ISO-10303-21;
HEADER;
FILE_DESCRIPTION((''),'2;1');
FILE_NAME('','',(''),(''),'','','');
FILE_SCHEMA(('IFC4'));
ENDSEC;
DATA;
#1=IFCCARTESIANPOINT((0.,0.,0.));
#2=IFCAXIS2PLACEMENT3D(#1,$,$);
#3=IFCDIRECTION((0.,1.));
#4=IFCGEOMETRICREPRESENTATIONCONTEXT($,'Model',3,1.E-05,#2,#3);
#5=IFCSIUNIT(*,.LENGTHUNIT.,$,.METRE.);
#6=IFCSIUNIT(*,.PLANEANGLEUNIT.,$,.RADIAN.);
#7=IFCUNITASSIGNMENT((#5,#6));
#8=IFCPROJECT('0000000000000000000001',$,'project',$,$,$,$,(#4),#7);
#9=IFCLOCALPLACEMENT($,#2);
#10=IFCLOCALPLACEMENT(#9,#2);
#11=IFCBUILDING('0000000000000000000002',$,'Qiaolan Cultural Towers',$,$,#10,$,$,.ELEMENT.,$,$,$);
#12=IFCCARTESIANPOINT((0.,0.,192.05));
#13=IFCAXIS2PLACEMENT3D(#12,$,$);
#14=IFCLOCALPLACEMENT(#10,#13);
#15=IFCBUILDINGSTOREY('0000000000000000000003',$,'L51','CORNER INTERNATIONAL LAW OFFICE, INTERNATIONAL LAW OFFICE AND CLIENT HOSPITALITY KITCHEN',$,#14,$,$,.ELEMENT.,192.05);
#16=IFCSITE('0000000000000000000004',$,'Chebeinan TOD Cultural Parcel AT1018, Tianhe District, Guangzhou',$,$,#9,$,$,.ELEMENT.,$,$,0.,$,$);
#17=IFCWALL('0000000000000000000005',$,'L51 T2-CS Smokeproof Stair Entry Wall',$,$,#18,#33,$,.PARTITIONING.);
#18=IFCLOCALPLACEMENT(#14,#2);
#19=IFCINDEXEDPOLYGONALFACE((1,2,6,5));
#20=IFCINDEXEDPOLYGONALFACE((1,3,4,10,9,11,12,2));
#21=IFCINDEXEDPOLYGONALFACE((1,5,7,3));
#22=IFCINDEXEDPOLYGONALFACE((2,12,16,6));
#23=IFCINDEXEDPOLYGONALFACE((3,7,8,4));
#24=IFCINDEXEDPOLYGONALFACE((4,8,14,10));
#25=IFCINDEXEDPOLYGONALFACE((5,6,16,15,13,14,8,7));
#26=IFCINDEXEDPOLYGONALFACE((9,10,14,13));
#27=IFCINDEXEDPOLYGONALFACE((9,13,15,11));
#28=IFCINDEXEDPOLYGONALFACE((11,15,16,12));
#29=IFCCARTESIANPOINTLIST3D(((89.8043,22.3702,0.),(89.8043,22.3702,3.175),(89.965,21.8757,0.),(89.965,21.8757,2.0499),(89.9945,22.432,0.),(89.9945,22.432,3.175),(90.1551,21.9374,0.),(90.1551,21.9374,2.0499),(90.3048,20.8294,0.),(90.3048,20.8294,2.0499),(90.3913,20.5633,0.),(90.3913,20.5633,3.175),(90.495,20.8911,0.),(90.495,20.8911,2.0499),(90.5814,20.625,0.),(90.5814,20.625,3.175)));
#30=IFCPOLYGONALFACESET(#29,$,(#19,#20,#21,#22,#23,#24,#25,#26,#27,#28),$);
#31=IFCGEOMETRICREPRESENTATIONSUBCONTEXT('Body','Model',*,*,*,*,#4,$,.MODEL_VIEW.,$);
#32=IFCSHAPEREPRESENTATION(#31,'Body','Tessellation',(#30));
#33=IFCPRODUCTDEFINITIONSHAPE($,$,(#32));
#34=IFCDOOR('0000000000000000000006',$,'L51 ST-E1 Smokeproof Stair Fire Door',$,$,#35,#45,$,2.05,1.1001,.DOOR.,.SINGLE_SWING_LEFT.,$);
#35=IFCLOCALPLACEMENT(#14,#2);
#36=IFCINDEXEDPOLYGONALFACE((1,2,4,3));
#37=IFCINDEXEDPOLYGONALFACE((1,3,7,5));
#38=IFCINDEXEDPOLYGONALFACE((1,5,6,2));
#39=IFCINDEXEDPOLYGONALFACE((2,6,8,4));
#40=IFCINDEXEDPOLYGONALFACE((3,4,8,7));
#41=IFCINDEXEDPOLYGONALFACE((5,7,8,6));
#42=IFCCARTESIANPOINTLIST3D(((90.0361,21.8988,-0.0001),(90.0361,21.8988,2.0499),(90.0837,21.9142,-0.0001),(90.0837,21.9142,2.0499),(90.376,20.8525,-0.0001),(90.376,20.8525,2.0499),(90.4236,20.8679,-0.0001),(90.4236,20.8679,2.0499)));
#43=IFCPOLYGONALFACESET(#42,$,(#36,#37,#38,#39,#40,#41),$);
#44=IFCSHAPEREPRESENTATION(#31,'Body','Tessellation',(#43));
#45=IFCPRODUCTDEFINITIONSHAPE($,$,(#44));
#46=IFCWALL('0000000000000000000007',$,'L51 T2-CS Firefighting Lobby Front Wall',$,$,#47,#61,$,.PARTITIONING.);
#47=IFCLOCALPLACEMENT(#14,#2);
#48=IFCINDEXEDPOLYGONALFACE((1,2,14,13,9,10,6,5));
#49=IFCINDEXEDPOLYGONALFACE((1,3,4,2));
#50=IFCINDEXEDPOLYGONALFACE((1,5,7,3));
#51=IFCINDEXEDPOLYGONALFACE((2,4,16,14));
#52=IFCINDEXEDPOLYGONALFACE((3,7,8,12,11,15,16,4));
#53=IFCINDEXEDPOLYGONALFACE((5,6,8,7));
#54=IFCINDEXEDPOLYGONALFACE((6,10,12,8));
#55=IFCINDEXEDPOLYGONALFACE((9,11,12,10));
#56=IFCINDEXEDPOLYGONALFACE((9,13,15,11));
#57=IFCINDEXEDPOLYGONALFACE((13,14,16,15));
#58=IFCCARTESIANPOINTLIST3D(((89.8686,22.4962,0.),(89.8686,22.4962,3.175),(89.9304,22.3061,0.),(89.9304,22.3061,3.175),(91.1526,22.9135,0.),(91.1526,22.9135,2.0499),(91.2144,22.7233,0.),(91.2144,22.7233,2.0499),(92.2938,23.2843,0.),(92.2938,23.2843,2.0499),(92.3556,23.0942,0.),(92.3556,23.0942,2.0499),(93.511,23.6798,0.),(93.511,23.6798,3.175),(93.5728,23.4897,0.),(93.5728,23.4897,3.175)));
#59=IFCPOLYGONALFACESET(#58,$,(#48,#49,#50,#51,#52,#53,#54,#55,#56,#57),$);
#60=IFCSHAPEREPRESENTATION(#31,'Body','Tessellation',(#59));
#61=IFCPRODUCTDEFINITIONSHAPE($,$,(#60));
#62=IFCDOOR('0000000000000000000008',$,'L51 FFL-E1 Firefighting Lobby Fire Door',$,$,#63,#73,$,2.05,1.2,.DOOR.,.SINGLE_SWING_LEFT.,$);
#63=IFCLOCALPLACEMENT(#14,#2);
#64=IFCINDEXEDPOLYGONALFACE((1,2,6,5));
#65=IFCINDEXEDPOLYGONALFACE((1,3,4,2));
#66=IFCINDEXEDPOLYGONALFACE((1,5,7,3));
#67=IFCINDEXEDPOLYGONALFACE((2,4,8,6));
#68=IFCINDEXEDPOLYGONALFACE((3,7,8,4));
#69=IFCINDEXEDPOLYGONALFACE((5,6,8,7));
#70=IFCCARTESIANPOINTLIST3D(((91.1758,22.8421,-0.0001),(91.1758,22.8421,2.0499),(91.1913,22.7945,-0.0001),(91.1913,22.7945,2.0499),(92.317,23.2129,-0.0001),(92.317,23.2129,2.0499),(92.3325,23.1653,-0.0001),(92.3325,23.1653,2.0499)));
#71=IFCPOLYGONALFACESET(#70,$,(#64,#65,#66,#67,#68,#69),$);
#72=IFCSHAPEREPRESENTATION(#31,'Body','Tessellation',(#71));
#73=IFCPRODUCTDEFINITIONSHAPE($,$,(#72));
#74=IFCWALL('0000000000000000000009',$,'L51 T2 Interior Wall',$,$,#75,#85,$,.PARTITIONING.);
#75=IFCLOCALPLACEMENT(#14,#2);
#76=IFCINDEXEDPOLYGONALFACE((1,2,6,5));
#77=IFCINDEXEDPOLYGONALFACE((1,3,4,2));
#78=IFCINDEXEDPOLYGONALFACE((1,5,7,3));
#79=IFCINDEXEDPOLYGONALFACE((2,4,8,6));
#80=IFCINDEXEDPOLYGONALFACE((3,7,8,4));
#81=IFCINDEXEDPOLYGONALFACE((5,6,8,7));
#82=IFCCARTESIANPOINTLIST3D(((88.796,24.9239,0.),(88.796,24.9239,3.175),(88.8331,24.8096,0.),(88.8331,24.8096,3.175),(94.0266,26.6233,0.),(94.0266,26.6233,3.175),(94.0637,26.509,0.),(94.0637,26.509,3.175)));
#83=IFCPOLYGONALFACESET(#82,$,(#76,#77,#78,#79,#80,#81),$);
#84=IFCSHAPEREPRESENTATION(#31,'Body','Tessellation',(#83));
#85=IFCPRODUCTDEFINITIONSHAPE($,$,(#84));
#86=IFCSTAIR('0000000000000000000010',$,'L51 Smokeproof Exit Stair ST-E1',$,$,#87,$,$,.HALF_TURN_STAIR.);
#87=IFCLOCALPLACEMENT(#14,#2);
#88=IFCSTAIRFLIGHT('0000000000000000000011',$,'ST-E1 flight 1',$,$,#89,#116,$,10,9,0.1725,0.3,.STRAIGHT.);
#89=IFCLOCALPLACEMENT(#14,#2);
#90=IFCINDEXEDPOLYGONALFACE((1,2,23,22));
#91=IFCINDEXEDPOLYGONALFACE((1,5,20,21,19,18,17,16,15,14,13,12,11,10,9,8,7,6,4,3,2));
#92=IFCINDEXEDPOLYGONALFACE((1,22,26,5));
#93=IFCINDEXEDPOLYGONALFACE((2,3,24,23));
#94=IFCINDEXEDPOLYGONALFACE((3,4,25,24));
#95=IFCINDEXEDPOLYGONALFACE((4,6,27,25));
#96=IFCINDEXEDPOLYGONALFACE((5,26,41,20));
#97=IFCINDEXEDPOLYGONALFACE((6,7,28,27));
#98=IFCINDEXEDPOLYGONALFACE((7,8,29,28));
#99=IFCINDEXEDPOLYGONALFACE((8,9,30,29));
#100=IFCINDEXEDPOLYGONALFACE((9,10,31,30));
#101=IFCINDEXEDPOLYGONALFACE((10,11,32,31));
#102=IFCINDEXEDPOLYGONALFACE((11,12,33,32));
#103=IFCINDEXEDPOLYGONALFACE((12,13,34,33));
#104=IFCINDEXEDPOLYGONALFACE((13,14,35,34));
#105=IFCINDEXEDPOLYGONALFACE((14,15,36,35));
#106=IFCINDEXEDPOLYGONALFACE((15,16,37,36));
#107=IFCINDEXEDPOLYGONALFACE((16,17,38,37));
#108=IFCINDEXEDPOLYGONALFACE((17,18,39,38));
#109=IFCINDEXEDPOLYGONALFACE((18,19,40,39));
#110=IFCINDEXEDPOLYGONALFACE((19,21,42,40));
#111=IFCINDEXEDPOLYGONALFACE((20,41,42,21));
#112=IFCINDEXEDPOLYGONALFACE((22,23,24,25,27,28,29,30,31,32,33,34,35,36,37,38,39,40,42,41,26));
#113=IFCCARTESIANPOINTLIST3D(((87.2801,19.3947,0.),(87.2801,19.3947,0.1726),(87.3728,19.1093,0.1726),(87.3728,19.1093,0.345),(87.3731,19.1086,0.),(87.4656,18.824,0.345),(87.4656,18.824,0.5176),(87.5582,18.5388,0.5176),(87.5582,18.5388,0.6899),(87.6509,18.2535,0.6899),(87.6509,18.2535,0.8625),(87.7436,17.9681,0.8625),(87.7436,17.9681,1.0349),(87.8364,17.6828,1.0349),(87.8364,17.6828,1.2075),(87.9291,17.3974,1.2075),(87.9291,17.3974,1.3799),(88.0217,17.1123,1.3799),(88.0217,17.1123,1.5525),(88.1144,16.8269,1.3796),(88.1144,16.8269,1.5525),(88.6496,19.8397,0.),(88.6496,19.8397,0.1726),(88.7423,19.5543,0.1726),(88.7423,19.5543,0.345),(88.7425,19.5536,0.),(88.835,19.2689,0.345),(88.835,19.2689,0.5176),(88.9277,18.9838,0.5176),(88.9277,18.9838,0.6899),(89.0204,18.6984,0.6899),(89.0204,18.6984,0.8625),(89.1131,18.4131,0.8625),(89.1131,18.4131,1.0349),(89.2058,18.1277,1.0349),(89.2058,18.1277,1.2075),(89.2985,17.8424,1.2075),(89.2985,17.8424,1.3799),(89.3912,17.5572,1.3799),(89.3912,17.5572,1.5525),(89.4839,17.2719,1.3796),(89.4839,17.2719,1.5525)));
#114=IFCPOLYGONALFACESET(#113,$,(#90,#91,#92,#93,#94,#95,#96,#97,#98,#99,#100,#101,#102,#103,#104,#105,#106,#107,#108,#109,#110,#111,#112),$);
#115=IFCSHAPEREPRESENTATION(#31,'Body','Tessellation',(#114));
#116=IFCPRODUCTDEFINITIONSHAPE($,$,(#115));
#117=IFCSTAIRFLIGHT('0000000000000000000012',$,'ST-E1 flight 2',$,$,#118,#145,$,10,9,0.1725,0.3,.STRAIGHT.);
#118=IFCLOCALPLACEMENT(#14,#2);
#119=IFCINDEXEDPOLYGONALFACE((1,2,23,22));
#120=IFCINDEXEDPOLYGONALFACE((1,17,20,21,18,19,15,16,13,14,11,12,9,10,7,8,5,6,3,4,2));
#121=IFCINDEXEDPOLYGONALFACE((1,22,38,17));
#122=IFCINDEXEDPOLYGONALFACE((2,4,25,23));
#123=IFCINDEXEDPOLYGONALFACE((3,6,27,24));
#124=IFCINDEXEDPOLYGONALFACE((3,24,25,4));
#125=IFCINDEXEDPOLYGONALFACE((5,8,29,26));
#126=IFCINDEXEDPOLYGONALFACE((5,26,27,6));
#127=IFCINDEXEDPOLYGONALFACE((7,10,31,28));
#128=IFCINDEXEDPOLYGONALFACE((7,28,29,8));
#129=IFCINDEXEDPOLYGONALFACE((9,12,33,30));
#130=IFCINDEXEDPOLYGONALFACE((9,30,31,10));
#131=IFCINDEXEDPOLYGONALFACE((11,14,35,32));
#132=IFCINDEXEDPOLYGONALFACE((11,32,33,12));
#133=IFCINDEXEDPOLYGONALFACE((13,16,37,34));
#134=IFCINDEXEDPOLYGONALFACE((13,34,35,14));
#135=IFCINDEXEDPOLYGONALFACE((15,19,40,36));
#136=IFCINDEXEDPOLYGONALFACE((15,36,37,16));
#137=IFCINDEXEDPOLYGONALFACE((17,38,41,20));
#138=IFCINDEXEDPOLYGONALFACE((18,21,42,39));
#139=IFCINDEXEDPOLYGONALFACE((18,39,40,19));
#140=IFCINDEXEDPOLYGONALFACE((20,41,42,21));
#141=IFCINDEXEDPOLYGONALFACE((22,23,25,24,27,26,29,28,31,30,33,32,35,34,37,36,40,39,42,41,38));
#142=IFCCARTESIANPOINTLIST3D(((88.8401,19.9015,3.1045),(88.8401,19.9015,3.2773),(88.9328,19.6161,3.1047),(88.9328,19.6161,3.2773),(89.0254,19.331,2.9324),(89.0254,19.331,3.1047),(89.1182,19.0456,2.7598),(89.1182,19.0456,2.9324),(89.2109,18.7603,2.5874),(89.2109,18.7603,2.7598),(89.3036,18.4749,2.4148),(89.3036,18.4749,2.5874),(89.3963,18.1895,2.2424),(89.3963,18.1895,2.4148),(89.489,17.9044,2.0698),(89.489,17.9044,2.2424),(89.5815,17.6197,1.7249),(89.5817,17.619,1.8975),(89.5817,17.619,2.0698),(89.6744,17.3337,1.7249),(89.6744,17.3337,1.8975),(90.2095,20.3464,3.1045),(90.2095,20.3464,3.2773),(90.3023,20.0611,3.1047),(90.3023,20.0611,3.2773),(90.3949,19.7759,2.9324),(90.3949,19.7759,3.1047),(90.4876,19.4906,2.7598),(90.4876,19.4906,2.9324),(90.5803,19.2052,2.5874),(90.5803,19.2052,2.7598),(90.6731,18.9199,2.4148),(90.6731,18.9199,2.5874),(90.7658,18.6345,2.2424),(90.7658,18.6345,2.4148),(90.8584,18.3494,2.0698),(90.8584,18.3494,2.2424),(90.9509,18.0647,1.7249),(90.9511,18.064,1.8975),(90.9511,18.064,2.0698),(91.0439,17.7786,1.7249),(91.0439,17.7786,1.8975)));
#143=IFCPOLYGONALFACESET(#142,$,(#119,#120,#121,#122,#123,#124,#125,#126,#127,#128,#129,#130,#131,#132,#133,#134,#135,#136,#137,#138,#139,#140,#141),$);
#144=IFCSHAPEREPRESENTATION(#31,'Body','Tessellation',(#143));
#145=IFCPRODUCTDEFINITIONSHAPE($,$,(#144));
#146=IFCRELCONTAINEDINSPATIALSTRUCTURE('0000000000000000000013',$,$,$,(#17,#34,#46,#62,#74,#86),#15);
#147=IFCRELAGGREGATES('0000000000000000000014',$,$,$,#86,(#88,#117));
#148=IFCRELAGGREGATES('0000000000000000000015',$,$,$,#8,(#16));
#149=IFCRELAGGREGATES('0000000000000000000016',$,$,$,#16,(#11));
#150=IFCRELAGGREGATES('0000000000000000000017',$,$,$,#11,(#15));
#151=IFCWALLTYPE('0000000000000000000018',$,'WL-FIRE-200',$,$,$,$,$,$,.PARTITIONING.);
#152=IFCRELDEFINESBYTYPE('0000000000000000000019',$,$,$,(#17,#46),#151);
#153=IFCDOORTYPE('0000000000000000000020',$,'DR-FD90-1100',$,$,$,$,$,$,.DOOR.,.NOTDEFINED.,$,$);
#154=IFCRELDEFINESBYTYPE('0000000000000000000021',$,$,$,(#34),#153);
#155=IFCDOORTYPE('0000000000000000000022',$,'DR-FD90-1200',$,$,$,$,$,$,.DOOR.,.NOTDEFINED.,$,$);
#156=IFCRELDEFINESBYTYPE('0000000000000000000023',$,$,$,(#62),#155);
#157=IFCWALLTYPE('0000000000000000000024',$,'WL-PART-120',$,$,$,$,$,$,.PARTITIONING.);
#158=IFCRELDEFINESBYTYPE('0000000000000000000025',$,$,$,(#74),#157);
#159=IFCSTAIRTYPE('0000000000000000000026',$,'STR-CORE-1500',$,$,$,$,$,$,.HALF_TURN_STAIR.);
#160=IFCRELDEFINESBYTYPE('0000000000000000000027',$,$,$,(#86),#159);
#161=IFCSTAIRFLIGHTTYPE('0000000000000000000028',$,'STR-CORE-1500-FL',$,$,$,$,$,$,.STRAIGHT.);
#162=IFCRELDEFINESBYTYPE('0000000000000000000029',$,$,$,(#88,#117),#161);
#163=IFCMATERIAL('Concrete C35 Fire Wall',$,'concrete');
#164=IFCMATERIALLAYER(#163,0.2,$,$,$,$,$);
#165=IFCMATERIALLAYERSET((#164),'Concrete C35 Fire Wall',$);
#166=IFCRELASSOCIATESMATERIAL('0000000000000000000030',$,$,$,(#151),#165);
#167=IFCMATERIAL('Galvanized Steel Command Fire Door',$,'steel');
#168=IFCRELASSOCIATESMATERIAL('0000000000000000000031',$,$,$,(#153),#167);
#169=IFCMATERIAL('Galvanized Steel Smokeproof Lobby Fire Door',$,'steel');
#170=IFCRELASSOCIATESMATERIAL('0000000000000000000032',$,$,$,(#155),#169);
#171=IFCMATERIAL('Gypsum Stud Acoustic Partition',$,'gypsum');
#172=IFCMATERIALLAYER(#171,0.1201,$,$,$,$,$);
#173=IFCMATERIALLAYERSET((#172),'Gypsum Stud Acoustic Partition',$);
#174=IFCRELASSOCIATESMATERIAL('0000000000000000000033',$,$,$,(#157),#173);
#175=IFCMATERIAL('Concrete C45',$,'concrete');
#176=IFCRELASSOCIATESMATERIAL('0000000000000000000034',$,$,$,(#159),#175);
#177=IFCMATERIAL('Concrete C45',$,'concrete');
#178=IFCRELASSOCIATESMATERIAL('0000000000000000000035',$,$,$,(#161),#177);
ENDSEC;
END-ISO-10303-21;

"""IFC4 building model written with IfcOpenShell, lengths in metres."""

from ifc_helpers import new_model, si_unit, direction, frame, frame_2d, origin, place, context, subcontext, project, spatial, polyline, rectangle, outline, extrude, material, layer, layer_set, type_object, element, fill, aggregate, save


model = new_model("IFC4")

# Units and contexts
model_context = context("Model", 3, precision=1e-05, world=origin(), true_north=direction((0.0, 1.0)))
body_context = subcontext(model_context, "Body", "Model", "MODEL_VIEW")
ifc_project = project(units=[si_unit("LENGTHUNIT", "METRE"), si_unit("PLANEANGLEUNIT", "RADIAN")], contexts=[model_context])

# Site, building, storey
site_placement = place(None, origin())
site = spatial("IfcSite", under=ifc_project, at=site_placement, Name="Chebeinan TOD Cultural Parcel AT1018, Tianhe District, Guangzhou", CompositionType="ELEMENT", RefElevation=0.0)
building_placement = place(site_placement, origin())
building = spatial("IfcBuilding", under=site, at=building_placement, Name="Qiaolan Cultural Towers", CompositionType="ELEMENT")
storey_placement = place(building_placement, frame((0.0, 0.0, 192.05)))
storey = spatial("IfcBuildingStorey", under=building, at=storey_placement, Name="L51", Description="CORNER INTERNATIONAL LAW OFFICE, INTERNATIONAL LAW OFFICE AND CLIENT HOSPITALITY KITCHEN", CompositionType="ELEMENT", Elevation=192.05)

# Walls, openings, doors
ifc_material_1 = material(Name="Concrete C35 Fire Wall", Category="concrete")
ifc_layer_1 = layer(ifc_material_1, 0.2)
ifc_layer_set_1 = layer_set([ifc_layer_1], Name="Concrete C35 Fire Wall")
wall_type_1 = type_object("IfcWallType", Name="WL-FIRE-200", PredefinedType="PARTITIONING", material=ifc_layer_set_1)
wall_1_placement = place(storey_placement, frame((89.8994, 22.4011, 0.0), z_axis=(0.0, 0.0, 1.0), x_axis=(0.308932, -0.951084, 0.0)))
wall_1 = element("IfcWall", 1, at=wall_1_placement, inside=storey, type_object=wall_type_1, Name="L51 T2-CS Smokeproof Stair Entry Wall", PredefinedType="PARTITIONING", context=body_context, shape_type="SweptSolid", body=[
    extrude(rectangle(XDim=1.8999, YDim=0.2, at=frame_2d((0.95, 0.0))), origin(), (0.0, 0.0, 1.0), 3.175),
])
opening_1_placement = place(wall_1_placement, frame((0.52, 0.0, 0.0)))
opening_1 = element("IfcOpeningElement", 2, at=opening_1_placement, cuts=wall_1, PredefinedType="OPENING", context=body_context, shape_type="SweptSolid", body=[
    extrude(rectangle(XDim=1.1001, YDim=2.05, at=frame_2d((0.55, 1.0249))), frame((0.0, 0.1099, 0.0), z_axis=(0.0, -1.0, 0.0), x_axis=(1.0, 0.0, 0.0)), (0.0, 0.0, 1.0), 0.22),
])
ifc_material_2 = material(Name="Galvanized Steel Command Fire Door", Category="steel")
door_type_1 = type_object("IfcDoorType", Name="DR-FD90-1100", OperationType="NOTDEFINED", PredefinedType="DOOR", material=ifc_material_2)
door_1_placement = place(opening_1_placement, origin())
door_1 = element("IfcDoor", 3, at=door_1_placement, inside=storey, type_object=door_type_1, Name="L51 ST-E1 Smokeproof Stair Fire Door", OperationType="SINGLE_SWING_LEFT", OverallHeight=2.05, OverallWidth=1.1001, PredefinedType="DOOR", context=body_context, shape_type="SweptSolid", body=[
    extrude(rectangle(XDim=1.1001, YDim=2.05, at=frame_2d((0.55, 1.0249))), frame((0.0, 0.0249, 0.0), z_axis=(0.0, -1.0, 0.0), x_axis=(1.0, 0.0, 0.0)), (0.0, 0.0, 1.0), 0.05),
])
fill(opening_1, door_1)
wall_2_placement = place(storey_placement, frame((89.8994, 22.4011, 0.0), z_axis=(0.0, 0.0, 1.0), x_axis=(0.951047, 0.309047, 0.0)))
wall_2 = element("IfcWall", 4, at=wall_2_placement, inside=storey, type_object=wall_type_1, Name="L51 T2-CS Firefighting Lobby Front Wall", PredefinedType="PARTITIONING", context=body_context, shape_type="SweptSolid", body=[
    extrude(rectangle(XDim=3.8298, YDim=0.2, at=frame_2d((1.915, 0.0))), origin(), (0.0, 0.0, 1.0), 3.175),
])
opening_2_placement = place(wall_2_placement, frame((1.3501, 0.0, 0.0)))
opening_2 = element("IfcOpeningElement", 5, at=opening_2_placement, cuts=wall_2, PredefinedType="OPENING", context=body_context, shape_type="SweptSolid", body=[
    extrude(rectangle(XDim=1.2, YDim=2.05, at=frame_2d((0.6001, 1.0249))), frame((0.0, 0.1099, 0.0), z_axis=(0.0, -1.0, 0.0), x_axis=(1.0, 0.0, 0.0)), (0.0, 0.0, 1.0), 0.22),
])
ifc_material_3 = material(Name="Galvanized Steel Smokeproof Lobby Fire Door", Category="steel")
door_type_2 = type_object("IfcDoorType", Name="DR-FD90-1200", OperationType="NOTDEFINED", PredefinedType="DOOR", material=ifc_material_3)
door_2_placement = place(opening_2_placement, origin())
door_2 = element("IfcDoor", 6, at=door_2_placement, inside=storey, type_object=door_type_2, Name="L51 FFL-E1 Firefighting Lobby Fire Door", OperationType="SINGLE_SWING_LEFT", OverallHeight=2.05, OverallWidth=1.2, PredefinedType="DOOR", context=body_context, shape_type="SweptSolid", body=[
    extrude(rectangle(XDim=1.2, YDim=2.05, at=frame_2d((0.6001, 1.0249))), frame((0.0, 0.0249, 0.0), z_axis=(0.0, -1.0, 0.0), x_axis=(1.0, 0.0, 0.0)), (0.0, 0.0, 1.0), 0.05),
])
fill(opening_2, door_2)

# Wall
ifc_material_4 = material(Name="Gypsum Stud Acoustic Partition", Category="gypsum")
ifc_layer_2 = layer(ifc_material_4, 0.1201)
ifc_layer_set_2 = layer_set([ifc_layer_2], Name="Gypsum Stud Acoustic Partition")
wall_type_2 = type_object("IfcWallType", Name="WL-PART-120", PredefinedType="PARTITIONING", material=ifc_layer_set_2)
wall_3_placement = place(storey_placement, frame((88.8145, 24.8667, 0.0), z_axis=(0.0, 0.0, 1.0), x_axis=(0.951062, 0.309001, 0.0)))
element("IfcWall", 7, at=wall_3_placement, inside=storey, type_object=wall_type_2, Name="L51 T2 Interior Wall", PredefinedType="PARTITIONING", context=body_context, shape_type="SweptSolid", body=[
    extrude(rectangle(XDim=5.4998, YDim=0.1201, at=frame_2d((2.75, 0.0))), origin(), (0.0, 0.0, 1.0), 3.175),
])

# Stair, stair flights
ifc_material_5 = material(Name="Concrete C45", Category="concrete")
stair_type = type_object("IfcStairType", Name="STR-CORE-1500", PredefinedType="HALF_TURN_STAIR", material=ifc_material_5)
stair_placement = place(storey_placement, origin())
stair = element("IfcStair", 8, at=stair_placement, inside=storey, type_object=stair_type, Name="L51 Smokeproof Exit Stair ST-E1", PredefinedType="HALF_TURN_STAIR")
ifc_material_6 = material(Name="Concrete C45", Category="concrete")
stair_flight_type = type_object("IfcStairFlightType", Name="STR-CORE-1500-FL", PredefinedType="STRAIGHT", material=ifc_material_6)
stair_flight_1_placement = place(storey_placement, frame((87.9648, 19.6172, 0.0), z_axis=(0.0, 0.0, 1.0), x_axis=(0.309017, -0.951057, 0.0)))
stair_flight_1 = element("IfcStairFlight", 9, at=stair_flight_1_placement, type_object=stair_flight_type, Name="ST-E1 flight 1", NumberOfRisers=10, NumberOfTreads=9, PredefinedType="STRAIGHT", RiserHeight=0.1725, TreadLength=0.3, context=body_context, shape_type="SweptSolid", body=[
    extrude(outline(polyline([(0.0, 0.0), (0.0, 0.1726), (0.3, 0.1726), (0.3, 0.345), (0.6001, 0.345), (0.6001, 0.5176), (0.8999, 0.5176), (0.8999, 0.6899), (1.2, 0.6899), (1.2, 0.8625), (1.5, 0.8625), (1.5, 1.0349), (1.8, 1.0349), (1.8, 1.2075), (2.1001, 1.2075), (2.1001, 1.3799), (2.3999, 1.3799), (2.3999, 1.5525), (2.7, 1.5525), (2.7, 1.7251), (2.7, 1.3796), (0.3008, 0.0), (0.0, 0.0)])), frame((0.0, 0.72, 0.0), z_axis=(0.0, -1.0, 0.0), x_axis=(1.0, 0.0, 0.0)), (0.0, 0.0, 1.0), 1.4399),
])
stair_flight_2_placement = place(storey_placement, frame((90.3591, 17.5562, 1.7249), z_axis=(0.0, 0.0, 1.0), x_axis=(-0.309017, 0.951057, 0.0)))
stair_flight_2 = element("IfcStairFlight", 10, at=stair_flight_2_placement, type_object=stair_flight_type, Name="ST-E1 flight 2", NumberOfRisers=10, NumberOfTreads=9, PredefinedType="STRAIGHT", RiserHeight=0.1725, TreadLength=0.3, context=body_context, shape_type="SweptSolid", body=[
    extrude(outline(polyline([(0.0, 0.0), (0.0, 0.1726), (0.3, 0.1726), (0.3, 0.345), (0.6001, 0.345), (0.6001, 0.5176), (0.8999, 0.5176), (0.8999, 0.6899), (1.2, 0.6899), (1.2, 0.8625), (1.5, 0.8625), (1.5, 1.0349), (1.8, 1.0349), (1.8, 1.2075), (2.1001, 1.2075), (2.1001, 1.3799), (2.3999, 1.3799), (2.3999, 1.5525), (2.7, 1.5525), (2.7, 1.7251), (2.7, 1.3796), (0.3008, 0.0), (0.0, 0.0)])), frame((0.0, 0.72, 0.0), z_axis=(0.0, -1.0, 0.0), x_axis=(1.0, 0.0, 0.0)), (0.0, 0.0, 1.0), 1.4399),
])
aggregate(stair, [stair_flight_1, stair_flight_2])

save(model, "model.ifc")
